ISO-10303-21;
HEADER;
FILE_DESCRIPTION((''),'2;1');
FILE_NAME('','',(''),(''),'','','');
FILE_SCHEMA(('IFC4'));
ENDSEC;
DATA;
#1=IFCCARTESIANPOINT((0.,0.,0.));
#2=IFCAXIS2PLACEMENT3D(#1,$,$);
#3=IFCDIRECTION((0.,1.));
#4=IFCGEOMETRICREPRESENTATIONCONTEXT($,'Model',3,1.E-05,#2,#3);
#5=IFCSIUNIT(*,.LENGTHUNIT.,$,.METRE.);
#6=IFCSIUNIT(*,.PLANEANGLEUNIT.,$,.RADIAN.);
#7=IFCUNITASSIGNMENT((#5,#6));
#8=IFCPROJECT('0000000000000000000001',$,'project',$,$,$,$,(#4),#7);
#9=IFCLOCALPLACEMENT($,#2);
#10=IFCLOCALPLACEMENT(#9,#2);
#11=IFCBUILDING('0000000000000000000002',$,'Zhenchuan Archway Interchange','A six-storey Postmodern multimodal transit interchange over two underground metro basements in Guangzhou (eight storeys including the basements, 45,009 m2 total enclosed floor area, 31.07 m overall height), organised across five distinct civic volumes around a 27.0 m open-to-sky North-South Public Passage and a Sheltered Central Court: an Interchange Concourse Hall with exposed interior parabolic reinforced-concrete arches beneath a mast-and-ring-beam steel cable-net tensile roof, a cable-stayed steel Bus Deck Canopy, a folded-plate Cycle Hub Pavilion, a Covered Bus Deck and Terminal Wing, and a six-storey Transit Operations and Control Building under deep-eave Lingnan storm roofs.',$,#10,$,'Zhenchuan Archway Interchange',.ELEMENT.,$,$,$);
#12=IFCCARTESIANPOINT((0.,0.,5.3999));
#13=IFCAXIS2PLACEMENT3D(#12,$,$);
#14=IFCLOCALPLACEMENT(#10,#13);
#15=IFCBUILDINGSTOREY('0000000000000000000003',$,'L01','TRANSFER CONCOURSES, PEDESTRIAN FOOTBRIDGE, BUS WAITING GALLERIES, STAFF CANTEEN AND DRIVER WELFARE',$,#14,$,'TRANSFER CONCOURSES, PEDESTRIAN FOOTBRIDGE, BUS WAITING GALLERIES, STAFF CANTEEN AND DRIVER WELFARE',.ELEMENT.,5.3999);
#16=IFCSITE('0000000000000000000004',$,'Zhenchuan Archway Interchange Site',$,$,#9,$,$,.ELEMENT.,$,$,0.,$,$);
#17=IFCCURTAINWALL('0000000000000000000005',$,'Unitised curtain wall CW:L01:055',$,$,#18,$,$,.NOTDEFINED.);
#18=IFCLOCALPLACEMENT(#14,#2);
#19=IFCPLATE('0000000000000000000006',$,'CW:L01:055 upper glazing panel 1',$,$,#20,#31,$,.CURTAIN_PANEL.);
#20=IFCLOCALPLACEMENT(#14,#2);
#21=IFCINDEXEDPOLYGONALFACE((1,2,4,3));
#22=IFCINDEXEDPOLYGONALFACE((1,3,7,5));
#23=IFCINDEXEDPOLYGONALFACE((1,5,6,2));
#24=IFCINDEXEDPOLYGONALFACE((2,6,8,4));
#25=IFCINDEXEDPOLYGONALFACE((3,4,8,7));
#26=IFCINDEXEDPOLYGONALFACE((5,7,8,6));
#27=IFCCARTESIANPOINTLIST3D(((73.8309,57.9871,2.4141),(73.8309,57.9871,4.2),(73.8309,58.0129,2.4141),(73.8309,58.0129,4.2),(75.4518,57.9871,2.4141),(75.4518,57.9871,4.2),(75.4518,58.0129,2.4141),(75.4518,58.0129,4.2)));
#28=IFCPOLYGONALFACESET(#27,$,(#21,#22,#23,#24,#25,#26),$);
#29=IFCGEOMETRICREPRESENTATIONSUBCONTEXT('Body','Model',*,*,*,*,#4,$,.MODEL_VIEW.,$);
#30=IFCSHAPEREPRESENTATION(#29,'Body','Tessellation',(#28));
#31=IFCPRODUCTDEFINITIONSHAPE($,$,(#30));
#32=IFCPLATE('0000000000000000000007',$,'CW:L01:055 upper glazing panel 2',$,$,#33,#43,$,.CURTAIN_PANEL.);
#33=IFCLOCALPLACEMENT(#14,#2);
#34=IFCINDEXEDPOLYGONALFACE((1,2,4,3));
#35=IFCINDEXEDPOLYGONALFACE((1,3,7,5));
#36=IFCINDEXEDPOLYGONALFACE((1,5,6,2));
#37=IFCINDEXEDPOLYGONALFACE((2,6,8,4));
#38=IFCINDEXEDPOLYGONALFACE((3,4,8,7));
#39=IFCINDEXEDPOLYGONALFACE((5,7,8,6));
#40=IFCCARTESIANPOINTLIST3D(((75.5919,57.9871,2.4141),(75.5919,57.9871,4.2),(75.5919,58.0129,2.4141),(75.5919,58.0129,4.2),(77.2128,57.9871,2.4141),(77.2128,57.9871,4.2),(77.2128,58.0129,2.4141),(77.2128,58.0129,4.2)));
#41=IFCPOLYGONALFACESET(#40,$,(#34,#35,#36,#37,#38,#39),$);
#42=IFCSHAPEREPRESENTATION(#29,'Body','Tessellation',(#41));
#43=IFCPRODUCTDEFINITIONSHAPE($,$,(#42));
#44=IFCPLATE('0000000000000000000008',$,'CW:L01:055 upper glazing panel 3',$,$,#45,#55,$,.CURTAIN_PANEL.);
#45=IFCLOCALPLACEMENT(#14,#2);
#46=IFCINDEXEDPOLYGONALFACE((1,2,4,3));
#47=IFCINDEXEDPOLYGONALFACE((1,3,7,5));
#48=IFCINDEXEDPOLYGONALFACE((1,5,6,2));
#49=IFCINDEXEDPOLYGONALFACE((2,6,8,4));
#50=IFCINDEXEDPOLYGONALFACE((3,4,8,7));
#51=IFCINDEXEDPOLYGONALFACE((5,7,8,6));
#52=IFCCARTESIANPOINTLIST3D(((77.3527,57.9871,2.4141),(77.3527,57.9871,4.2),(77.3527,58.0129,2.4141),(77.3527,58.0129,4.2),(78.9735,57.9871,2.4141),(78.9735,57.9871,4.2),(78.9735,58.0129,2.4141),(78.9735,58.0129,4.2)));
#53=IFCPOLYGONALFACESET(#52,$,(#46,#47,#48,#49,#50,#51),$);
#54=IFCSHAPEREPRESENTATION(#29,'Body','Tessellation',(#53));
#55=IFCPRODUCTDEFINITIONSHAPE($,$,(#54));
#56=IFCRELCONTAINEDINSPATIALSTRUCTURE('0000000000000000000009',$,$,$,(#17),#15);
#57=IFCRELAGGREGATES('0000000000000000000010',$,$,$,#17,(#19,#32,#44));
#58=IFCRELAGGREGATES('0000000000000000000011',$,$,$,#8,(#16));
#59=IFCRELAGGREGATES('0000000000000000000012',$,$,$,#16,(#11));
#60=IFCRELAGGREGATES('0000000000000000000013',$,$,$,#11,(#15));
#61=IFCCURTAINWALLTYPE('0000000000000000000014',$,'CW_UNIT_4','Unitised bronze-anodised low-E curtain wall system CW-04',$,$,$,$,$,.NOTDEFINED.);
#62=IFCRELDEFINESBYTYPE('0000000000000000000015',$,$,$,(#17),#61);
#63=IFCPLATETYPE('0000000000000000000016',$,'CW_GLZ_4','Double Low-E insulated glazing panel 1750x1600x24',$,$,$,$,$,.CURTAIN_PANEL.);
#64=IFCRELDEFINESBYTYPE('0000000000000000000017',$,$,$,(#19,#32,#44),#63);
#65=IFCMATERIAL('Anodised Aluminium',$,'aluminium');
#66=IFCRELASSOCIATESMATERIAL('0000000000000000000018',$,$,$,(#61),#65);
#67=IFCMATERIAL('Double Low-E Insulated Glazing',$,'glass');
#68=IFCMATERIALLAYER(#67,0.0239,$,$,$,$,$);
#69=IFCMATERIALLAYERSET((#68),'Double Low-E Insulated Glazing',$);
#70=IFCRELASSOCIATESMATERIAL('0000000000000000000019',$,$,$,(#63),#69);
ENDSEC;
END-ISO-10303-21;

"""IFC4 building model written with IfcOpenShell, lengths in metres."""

from ifc_helpers import new_model, si_unit, direction, frame, origin, origin_2d, place, context, subcontext, project, spatial, rectangle, extrude, material, layer, layer_set, type_object, element, aggregate, save


model = new_model("IFC4")

# Units and contexts
model_context = context("Model", 3, precision=1e-05, world=origin(), true_north=direction((0.0, 1.0)))
body_context = subcontext(model_context, "Body", "Model", "MODEL_VIEW")
ifc_project = project(units=[si_unit("LENGTHUNIT", "METRE"), si_unit("PLANEANGLEUNIT", "RADIAN")], contexts=[model_context])

# Site, building, storey
site_placement = place(None, origin())
site = spatial("IfcSite", under=ifc_project, at=site_placement, Name="Zhenchuan Archway Interchange Site", CompositionType="ELEMENT", RefElevation=0.0)
building_placement = place(site_placement, origin())
building = spatial("IfcBuilding", under=site, at=building_placement, Name="Zhenchuan Archway Interchange", Description="A six-storey Postmodern multimodal transit interchange over two underground metro basements in Guangzhou (eight storeys including the basements, 45,009 m2 total enclosed floor area, 31.07 m overall height), organised across five distinct civic volumes around a 27.0 m open-to-sky North-South Public Passage and a Sheltered Central Court: an Interchange Concourse Hall with exposed interior parabolic reinforced-concrete arches beneath a mast-and-ring-beam steel cable-net tensile roof, a cable-stayed steel Bus Deck Canopy, a folded-plate Cycle Hub Pavilion, a Covered Bus Deck and Terminal Wing, and a six-storey Transit Operations and Control Building under deep-eave Lingnan storm roofs.", LongName="Zhenchuan Archway Interchange", CompositionType="ELEMENT")
storey_placement = place(building_placement, frame((0.0, 0.0, 5.3999)))
storey = spatial("IfcBuildingStorey", under=building, at=storey_placement, Name="L01", Description="TRANSFER CONCOURSES, PEDESTRIAN FOOTBRIDGE, BUS WAITING GALLERIES, STAFF CANTEEN AND DRIVER WELFARE", LongName="TRANSFER CONCOURSES, PEDESTRIAN FOOTBRIDGE, BUS WAITING GALLERIES, STAFF CANTEEN AND DRIVER WELFARE", CompositionType="ELEMENT", Elevation=5.3999)

# Shared definitions
ifc_material_1 = material(Name="Anodised Aluminium", Category="aluminium")

# Curtain wall
curtain_wall_type_1 = type_object("IfcCurtainWallType", Name="CW_UNIT_4", Description="Unitised bronze-anodised low-E curtain wall system CW-04", PredefinedType="NOTDEFINED", material=ifc_material_1)
curtain_wall_1_placement = place(storey_placement, origin())
curtain_wall_1 = element("IfcCurtainWall", 1, at=curtain_wall_1_placement, inside=storey, type_object=curtain_wall_type_1, Name="Unitised curtain wall CW:L01:055", PredefinedType="NOTDEFINED")

# Plates
ifc_material_2 = material(Name="Double Low-E Insulated Glazing", Category="glass")
ifc_layer_1 = layer(ifc_material_2, 0.0239)
ifc_layer_set_1 = layer_set([ifc_layer_1], Name="Double Low-E Insulated Glazing")
plate_type_1 = type_object("IfcPlateType", Name="CW_GLZ_4", Description="Double Low-E insulated glazing panel 1750x1600x24", PredefinedType="CURTAIN_PANEL", material=ifc_layer_set_1)
plate_1_placement = place(storey_placement, frame((74.6414, 58.0, 2.4141), z_axis=(0.0, 0.0, 1.0), x_axis=(1.0, 0.0, 0.0)))
plate_1 = element("IfcPlate", 2, at=plate_1_placement, type_object=plate_type_1, Name="CW:L01:055 upper glazing panel 1", PredefinedType="CURTAIN_PANEL", context=body_context, shape_type="SweptSolid", body=[
    extrude(rectangle(XDim=1.6208, YDim=0.0259, at=origin_2d()), origin(), (0.0, 0.0, 1.0), 1.7859),
])
plate_2_placement = place(storey_placement, frame((76.4023, 58.0, 2.4141), z_axis=(0.0, 0.0, 1.0), x_axis=(1.0, 0.0, 0.0)))
plate_2 = element("IfcPlate", 3, at=plate_2_placement, type_object=plate_type_1, Name="CW:L01:055 upper glazing panel 2", PredefinedType="CURTAIN_PANEL", context=body_context, shape_type="SweptSolid", body=[
    extrude(rectangle(XDim=1.6208, YDim=0.0259, at=origin_2d()), origin(), (0.0, 0.0, 1.0), 1.7859),
])
plate_3_placement = place(storey_placement, frame((78.1631, 58.0, 2.4141), z_axis=(0.0, 0.0, 1.0), x_axis=(1.0, 0.0, 0.0)))
plate_3 = element("IfcPlate", 4, at=plate_3_placement, type_object=plate_type_1, Name="CW:L01:055 upper glazing panel 3", PredefinedType="CURTAIN_PANEL", context=body_context, shape_type="SweptSolid", body=[
    extrude(rectangle(XDim=1.6208, YDim=0.0259, at=origin_2d()), origin(), (0.0, 0.0, 1.0), 1.7859),
])
aggregate(curtain_wall_1, [plate_1, plate_2, plate_3])

save(model, "model.ifc")
